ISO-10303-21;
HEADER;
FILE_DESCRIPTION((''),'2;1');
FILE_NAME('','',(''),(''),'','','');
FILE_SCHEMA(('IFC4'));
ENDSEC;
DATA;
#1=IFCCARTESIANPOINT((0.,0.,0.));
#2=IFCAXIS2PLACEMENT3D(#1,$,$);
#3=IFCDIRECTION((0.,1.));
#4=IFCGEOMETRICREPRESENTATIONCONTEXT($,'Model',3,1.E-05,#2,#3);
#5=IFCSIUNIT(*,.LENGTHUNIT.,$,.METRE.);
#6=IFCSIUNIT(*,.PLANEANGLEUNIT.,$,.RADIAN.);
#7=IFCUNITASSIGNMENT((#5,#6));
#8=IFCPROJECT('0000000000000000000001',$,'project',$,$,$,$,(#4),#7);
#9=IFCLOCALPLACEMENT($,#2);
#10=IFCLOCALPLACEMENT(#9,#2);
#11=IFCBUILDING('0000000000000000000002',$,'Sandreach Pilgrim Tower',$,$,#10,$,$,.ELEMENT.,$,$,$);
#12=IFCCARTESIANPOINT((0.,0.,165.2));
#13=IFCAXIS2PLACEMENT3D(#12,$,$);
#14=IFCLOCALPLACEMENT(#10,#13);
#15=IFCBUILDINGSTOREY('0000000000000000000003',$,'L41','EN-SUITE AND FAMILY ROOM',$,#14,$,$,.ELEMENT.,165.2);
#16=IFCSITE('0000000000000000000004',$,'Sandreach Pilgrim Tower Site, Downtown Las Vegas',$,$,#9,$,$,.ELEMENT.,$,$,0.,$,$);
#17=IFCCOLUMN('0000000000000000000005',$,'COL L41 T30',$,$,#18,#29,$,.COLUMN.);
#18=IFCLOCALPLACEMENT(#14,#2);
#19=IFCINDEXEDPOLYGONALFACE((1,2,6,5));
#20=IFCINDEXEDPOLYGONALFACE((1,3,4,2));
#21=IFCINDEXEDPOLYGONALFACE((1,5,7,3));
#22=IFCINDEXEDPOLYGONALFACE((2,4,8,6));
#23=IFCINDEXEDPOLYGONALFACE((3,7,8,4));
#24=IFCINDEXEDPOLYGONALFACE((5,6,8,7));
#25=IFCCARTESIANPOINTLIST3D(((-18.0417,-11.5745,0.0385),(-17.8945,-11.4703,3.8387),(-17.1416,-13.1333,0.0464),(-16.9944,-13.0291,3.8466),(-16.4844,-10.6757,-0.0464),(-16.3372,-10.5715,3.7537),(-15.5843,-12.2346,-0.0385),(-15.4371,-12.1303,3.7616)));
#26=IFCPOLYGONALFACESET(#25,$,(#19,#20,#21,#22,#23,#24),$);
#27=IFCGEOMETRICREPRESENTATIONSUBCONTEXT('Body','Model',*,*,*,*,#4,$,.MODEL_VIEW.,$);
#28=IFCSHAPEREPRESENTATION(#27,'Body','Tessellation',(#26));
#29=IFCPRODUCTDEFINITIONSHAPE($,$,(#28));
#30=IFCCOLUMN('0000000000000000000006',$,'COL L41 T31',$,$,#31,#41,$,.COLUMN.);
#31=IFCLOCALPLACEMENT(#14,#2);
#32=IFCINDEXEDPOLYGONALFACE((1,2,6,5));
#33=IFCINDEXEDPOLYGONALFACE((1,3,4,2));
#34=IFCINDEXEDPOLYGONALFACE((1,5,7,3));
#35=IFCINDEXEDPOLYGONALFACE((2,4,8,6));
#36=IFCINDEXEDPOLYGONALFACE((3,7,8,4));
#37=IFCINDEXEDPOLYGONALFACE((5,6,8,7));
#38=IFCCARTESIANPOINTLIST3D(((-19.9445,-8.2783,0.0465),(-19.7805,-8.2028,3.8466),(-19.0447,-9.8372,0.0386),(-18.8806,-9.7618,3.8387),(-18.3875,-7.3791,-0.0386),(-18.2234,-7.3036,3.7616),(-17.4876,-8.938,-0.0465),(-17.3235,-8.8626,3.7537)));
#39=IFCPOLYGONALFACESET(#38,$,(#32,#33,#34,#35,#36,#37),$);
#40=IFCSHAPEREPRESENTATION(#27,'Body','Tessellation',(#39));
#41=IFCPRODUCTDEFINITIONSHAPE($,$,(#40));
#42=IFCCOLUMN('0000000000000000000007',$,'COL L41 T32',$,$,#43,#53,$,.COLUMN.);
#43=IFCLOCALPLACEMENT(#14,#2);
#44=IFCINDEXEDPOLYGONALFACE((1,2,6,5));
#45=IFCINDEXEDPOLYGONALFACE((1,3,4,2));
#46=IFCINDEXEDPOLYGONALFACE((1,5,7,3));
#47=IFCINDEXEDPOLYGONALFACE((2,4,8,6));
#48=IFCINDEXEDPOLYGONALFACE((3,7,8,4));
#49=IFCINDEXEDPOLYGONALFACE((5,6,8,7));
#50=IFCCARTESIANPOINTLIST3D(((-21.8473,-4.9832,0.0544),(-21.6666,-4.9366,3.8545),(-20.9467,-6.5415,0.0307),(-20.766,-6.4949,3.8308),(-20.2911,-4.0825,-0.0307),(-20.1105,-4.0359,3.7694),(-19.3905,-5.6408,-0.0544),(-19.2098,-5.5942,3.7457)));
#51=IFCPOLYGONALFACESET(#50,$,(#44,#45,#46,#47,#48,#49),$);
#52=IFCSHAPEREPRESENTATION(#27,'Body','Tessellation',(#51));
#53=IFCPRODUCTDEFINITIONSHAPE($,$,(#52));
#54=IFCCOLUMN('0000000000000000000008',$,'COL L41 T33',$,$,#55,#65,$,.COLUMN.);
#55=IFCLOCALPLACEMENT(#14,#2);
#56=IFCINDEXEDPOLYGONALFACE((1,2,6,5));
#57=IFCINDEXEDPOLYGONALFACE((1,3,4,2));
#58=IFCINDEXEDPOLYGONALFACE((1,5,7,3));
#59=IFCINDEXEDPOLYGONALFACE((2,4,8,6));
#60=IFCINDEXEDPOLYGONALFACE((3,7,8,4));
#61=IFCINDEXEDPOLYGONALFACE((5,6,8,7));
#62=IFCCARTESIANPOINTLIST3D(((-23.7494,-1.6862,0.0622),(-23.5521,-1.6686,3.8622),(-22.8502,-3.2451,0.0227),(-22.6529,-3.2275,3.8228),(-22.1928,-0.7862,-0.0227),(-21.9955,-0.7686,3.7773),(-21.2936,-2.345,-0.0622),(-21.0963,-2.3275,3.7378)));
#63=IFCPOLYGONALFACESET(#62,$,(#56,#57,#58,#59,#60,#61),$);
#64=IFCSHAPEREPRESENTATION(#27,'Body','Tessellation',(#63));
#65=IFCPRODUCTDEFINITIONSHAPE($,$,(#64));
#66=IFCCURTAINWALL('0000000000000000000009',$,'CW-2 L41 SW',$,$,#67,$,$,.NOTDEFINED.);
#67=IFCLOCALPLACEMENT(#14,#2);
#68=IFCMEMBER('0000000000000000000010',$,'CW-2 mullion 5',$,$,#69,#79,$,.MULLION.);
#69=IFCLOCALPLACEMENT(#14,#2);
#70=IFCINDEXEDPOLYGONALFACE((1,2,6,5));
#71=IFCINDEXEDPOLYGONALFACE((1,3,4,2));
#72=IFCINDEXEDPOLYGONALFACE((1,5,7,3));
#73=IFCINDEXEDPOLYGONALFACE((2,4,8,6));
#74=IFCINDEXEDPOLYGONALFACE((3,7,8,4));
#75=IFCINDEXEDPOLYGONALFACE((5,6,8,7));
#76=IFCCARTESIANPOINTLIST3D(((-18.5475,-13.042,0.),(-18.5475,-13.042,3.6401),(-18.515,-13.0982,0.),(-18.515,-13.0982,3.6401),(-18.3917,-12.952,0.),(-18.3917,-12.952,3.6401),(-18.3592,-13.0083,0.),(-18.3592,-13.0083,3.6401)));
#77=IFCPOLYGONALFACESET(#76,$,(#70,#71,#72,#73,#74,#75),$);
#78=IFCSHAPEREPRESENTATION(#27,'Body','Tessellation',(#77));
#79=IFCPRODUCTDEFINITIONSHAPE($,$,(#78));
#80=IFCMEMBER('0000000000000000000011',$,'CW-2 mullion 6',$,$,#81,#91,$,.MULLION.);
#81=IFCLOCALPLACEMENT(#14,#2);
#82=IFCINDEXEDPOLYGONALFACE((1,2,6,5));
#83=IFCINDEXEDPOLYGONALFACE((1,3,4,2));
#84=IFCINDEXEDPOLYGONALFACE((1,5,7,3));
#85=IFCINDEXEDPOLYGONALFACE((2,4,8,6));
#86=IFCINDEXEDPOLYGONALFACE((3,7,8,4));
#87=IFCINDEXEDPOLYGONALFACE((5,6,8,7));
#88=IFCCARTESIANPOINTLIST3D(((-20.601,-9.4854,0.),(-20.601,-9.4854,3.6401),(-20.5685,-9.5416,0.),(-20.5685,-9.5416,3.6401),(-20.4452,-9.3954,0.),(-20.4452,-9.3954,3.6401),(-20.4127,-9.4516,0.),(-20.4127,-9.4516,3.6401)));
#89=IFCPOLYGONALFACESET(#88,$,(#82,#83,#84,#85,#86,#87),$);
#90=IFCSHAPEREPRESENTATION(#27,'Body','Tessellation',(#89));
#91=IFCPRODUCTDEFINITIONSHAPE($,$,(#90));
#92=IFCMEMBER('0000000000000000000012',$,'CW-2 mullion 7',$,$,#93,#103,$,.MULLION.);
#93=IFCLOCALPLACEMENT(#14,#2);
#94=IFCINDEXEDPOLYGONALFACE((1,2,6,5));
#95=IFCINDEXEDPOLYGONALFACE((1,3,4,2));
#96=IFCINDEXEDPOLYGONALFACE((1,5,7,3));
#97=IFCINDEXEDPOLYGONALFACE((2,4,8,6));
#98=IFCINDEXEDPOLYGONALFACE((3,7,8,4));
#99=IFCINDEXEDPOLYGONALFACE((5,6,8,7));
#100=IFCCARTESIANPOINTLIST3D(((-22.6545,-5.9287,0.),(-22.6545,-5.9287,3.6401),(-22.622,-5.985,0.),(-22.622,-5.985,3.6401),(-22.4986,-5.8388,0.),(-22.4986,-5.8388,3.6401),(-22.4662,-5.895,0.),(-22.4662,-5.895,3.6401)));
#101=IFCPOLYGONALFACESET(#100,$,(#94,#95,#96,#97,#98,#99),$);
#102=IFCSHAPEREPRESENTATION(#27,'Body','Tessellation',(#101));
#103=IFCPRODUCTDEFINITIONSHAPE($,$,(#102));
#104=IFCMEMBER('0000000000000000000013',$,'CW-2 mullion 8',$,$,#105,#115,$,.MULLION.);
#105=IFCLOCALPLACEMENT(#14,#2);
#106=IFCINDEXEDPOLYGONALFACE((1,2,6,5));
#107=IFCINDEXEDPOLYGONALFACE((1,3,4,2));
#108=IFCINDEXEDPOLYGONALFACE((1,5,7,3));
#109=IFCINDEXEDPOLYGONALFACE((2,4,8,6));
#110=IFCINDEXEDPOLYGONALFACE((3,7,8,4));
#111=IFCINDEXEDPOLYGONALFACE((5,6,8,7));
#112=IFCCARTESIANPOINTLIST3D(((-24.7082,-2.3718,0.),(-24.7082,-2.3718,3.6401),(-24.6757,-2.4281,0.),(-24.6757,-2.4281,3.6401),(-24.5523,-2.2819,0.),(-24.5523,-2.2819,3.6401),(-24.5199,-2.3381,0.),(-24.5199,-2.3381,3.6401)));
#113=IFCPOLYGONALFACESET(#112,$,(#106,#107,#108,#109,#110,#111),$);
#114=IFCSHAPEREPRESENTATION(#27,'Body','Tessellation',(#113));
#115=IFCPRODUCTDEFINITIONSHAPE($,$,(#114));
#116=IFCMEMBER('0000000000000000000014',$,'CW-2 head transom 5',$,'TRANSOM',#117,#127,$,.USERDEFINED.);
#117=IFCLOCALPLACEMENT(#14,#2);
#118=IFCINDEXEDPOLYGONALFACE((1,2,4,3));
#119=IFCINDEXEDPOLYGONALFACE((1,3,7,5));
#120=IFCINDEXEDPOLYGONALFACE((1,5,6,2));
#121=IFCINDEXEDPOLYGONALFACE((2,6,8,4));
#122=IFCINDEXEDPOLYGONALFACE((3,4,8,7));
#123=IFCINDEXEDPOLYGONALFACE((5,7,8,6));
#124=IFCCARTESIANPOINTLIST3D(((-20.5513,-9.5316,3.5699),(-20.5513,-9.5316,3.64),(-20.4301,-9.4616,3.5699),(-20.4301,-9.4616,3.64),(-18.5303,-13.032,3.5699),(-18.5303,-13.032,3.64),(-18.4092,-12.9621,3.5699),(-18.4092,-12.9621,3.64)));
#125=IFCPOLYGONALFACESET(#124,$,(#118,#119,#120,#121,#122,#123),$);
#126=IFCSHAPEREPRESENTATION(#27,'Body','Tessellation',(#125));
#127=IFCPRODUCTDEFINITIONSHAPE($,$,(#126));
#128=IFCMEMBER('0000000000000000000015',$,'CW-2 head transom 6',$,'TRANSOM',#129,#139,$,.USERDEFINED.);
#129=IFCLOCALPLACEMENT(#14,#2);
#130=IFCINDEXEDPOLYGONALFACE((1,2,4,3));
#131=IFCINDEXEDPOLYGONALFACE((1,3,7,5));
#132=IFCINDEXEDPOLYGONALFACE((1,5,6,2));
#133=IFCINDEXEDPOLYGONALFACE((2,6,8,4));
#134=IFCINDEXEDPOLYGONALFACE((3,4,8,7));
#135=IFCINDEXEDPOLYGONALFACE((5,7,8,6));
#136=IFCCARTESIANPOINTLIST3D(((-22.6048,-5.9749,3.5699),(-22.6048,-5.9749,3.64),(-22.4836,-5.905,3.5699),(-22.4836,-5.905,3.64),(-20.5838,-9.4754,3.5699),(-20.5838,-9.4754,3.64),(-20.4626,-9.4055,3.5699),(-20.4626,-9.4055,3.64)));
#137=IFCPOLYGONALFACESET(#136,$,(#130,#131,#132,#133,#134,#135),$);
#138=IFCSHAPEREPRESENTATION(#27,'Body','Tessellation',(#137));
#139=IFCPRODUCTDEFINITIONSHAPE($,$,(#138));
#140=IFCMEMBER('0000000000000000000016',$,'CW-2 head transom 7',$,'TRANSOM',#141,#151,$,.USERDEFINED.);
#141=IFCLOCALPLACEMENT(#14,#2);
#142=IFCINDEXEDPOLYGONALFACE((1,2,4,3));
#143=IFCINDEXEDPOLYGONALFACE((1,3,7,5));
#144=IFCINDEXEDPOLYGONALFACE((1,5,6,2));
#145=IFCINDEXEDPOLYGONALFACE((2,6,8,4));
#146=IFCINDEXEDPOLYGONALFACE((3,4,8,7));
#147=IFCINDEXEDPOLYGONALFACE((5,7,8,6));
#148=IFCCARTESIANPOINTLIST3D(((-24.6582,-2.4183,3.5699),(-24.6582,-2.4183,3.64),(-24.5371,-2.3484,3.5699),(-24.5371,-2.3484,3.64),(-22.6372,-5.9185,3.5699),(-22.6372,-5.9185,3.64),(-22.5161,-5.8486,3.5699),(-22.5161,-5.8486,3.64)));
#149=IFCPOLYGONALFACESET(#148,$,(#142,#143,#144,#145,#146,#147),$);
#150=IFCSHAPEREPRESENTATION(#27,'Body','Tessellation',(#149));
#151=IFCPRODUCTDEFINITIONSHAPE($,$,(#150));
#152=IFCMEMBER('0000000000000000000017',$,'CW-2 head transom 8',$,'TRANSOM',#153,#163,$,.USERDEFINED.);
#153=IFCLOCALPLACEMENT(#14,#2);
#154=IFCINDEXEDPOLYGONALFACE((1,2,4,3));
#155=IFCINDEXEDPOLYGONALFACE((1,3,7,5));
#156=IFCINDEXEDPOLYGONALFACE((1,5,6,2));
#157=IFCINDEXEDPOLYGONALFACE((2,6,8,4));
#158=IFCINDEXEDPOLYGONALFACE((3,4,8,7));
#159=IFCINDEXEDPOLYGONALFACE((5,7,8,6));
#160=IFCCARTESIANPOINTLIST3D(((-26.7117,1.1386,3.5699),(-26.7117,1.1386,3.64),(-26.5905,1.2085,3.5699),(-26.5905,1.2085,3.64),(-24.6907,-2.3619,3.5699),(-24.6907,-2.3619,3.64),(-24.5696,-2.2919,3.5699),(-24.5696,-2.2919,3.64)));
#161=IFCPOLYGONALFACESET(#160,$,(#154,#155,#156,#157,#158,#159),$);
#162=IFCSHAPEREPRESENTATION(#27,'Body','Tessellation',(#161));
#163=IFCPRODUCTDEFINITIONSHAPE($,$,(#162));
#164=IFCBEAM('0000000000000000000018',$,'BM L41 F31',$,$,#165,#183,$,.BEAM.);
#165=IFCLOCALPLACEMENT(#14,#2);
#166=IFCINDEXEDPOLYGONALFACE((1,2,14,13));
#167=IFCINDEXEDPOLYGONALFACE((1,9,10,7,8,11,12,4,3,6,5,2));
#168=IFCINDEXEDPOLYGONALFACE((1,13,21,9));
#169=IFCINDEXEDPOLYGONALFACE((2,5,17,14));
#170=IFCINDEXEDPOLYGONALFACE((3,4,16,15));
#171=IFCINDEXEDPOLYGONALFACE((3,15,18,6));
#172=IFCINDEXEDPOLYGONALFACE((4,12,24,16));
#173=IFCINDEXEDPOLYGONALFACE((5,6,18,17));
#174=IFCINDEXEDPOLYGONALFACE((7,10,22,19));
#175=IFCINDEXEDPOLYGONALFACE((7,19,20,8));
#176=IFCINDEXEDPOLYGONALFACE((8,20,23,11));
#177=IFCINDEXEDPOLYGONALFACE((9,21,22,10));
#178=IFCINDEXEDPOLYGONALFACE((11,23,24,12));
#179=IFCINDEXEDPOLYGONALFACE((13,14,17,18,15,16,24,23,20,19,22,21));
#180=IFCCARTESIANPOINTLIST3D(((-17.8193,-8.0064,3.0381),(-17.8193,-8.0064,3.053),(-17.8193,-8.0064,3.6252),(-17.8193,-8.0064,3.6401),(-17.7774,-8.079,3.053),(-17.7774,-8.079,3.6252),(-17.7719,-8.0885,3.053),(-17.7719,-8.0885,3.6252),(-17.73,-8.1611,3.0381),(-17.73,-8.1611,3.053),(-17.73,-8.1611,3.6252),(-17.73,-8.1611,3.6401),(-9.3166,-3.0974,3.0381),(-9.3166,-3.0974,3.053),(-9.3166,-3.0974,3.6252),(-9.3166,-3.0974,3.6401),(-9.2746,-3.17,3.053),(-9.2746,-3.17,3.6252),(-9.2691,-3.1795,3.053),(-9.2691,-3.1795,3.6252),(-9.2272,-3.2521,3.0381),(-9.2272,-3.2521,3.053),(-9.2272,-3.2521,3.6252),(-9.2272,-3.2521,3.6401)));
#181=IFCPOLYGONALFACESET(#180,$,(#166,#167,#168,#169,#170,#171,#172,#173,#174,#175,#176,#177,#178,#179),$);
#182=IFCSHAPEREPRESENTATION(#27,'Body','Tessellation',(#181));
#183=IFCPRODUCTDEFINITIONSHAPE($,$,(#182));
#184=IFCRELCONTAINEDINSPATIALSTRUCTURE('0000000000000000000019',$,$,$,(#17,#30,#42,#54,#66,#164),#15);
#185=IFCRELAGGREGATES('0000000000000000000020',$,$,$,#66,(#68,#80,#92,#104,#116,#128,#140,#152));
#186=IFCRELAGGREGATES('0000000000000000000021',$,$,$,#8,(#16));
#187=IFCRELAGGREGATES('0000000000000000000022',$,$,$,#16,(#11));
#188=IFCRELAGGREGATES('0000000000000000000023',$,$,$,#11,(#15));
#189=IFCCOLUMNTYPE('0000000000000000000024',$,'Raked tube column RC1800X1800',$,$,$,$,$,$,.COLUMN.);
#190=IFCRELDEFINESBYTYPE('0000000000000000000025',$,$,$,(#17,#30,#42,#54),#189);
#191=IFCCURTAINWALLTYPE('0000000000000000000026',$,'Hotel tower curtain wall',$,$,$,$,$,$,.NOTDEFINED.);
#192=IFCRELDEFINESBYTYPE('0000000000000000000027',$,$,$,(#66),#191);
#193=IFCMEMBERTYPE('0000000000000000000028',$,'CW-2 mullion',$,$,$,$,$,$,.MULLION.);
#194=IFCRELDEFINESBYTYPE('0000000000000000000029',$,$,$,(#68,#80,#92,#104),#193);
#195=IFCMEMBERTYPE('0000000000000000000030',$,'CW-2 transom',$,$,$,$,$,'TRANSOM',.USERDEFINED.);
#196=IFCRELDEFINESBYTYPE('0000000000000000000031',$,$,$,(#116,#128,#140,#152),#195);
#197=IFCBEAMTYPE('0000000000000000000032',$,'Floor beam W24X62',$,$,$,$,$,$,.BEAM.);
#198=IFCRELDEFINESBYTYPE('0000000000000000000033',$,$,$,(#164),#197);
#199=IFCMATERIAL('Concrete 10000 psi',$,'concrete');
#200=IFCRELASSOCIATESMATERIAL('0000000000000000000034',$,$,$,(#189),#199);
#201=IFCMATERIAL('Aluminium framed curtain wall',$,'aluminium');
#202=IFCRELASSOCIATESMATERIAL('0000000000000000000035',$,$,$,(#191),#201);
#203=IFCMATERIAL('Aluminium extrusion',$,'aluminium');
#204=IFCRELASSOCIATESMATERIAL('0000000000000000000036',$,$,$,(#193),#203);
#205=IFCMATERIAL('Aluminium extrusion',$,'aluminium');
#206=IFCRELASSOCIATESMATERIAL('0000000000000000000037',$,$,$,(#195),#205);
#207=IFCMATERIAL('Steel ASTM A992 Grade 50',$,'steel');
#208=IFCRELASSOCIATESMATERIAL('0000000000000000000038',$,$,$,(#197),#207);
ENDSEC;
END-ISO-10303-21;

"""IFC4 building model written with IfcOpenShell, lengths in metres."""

from ifc_helpers import new_model, si_unit, direction, frame, origin, origin_2d, place, context, subcontext, project, spatial, rectangle, i_section, extrude, material, material_profile, profile_set, type_object, element, aggregate, save


model = new_model("IFC4")

# Units and contexts
model_context = context("Model", 3, precision=1e-05, world=origin(), true_north=direction((0.0, 1.0)))
body_context = subcontext(model_context, "Body", "Model", "MODEL_VIEW")
ifc_project = project(units=[si_unit("LENGTHUNIT", "METRE"), si_unit("PLANEANGLEUNIT", "RADIAN")], contexts=[model_context])

# Site, building, storey
site_placement = place(None, origin())
site = spatial("IfcSite", under=ifc_project, at=site_placement, Name="Sandreach Pilgrim Tower Site, Downtown Las Vegas", CompositionType="ELEMENT", RefElevation=0.0)
building_placement = place(site_placement, origin())
building = spatial("IfcBuilding", under=site, at=building_placement, Name="Sandreach Pilgrim Tower", CompositionType="ELEMENT")
storey_placement = place(building_placement, frame((0.0, 0.0, 165.2)))
storey = spatial("IfcBuildingStorey", under=building, at=storey_placement, Name="L41", Description="EN-SUITE AND FAMILY ROOM", CompositionType="ELEMENT", Elevation=165.2)

# Columns
ifc_material_1 = material(Name="Concrete 10000 psi", Category="concrete")
ifc_material_profile_1 = material_profile(ifc_material_1, rectangle(XDim=1.8, YDim=1.8, at=origin_2d()), Name="RC1800X1800")
ifc_profile_set_1 = profile_set([ifc_material_profile_1], Name="Concrete 10000 psi")
column_type = type_object("IfcColumnType", Name="Raked tube column RC1800X1800", PredefinedType="COLUMN", material=ifc_profile_set_1)
for number, where, z_axis, x_axis, name in (
    (1, (-16.813, -11.9045, 0.0), (0.038697, 0.027402, 0.998875), (-0.865139, -0.499306, 0.047214), "COL L41 T30"),
    (2, (-18.7161, -8.6082, 0.0), (0.043125, 0.01983, 0.998873), (-0.865002, -0.499537, 0.047262), "COL L41 T31"),
):
    element("IfcColumn", number, at=place(storey_placement, frame(where, z_axis=z_axis, x_axis=x_axis)), inside=storey, type_object=column_type, Name=name, PredefinedType="COLUMN", context=body_context, shape_type="SweptSolid", body=[
        extrude(rectangle(XDim=1.8, YDim=1.8, at=origin_2d()), origin(), (0.0, 0.0, 1.0), 3.8044),
    ])
column_1_placement = place(storey_placement, frame((-20.6189, -5.312, 0.0), z_axis=(0.047485, 0.012256, 0.998797), x_axis=(-0.864521, -0.500372, 0.047242)))
element("IfcColumn", 3, at=column_1_placement, inside=storey, type_object=column_type, Name="COL L41 T32", PredefinedType="COLUMN", context=body_context, shape_type="SweptSolid", body=[
    extrude(rectangle(XDim=1.8, YDim=1.8, at=origin_2d()), origin(), (0.0, 0.0, 1.0), 3.8047),
])
column_2_placement = place(storey_placement, frame((-22.5215, -2.0156, 0.0), z_axis=(0.051841, 0.004619, 0.998645), x_axis=(-0.864737, -0.500002, 0.047203)))
element("IfcColumn", 4, at=column_2_placement, inside=storey, type_object=column_type, Name="COL L41 T33", PredefinedType="COLUMN", context=body_context, shape_type="SweptSolid", body=[
    extrude(rectangle(XDim=1.8, YDim=1.8, at=origin_2d()), origin(), (0.0, 0.0, 1.0), 3.8052),
])

# Curtain wall, members
ifc_material_2 = material(Name="Aluminium framed curtain wall", Category="aluminium")
curtain_wall_type = type_object("IfcCurtainWallType", Name="Hotel tower curtain wall", PredefinedType="NOTDEFINED", material=ifc_material_2)
curtain_wall_placement = place(storey_placement, origin())
curtain_wall = element("IfcCurtainWall", 5, at=curtain_wall_placement, inside=storey, type_object=curtain_wall_type, Name="CW-2 L41 SW", PredefinedType="NOTDEFINED")
ifc_material_3 = material(Name="Aluminium extrusion", Category="aluminium")
ifc_material_profile_2 = material_profile(ifc_material_3, rectangle(XDim=0.0649, YDim=0.1799, at=origin_2d()), Name="CW-2M 65X180")
ifc_profile_set_2 = profile_set([ifc_material_profile_2], Name="Aluminium extrusion")
member_type_1 = type_object("IfcMemberType", Name="CW-2 mullion", PredefinedType="MULLION", material=ifc_profile_set_2)
member_1_placement = place(storey_placement, frame((-18.4534, -13.0251, 0.0), z_axis=(0.0, 0.0, 1.0), x_axis=(-0.5, 0.866025, 0.0)))
member_1 = element("IfcMember", 6, at=member_1_placement, type_object=member_type_1, Name="CW-2 mullion 5", PredefinedType="MULLION", context=body_context, shape_type="SweptSolid", body=[
    extrude(rectangle(XDim=0.0649, YDim=0.1799, at=origin_2d()), origin(), (0.0, 0.0, 1.0), 3.6401),
])
member_2_placement = place(storey_placement, frame((-20.5068, -9.4685, 0.0), z_axis=(0.0, 0.0, 1.0), x_axis=(-0.5, 0.866025, 0.0)))
member_2 = element("IfcMember", 7, at=member_2_placement, type_object=member_type_1, Name="CW-2 mullion 6", PredefinedType="MULLION", context=body_context, shape_type="SweptSolid", body=[
    extrude(rectangle(XDim=0.0649, YDim=0.1799, at=origin_2d()), origin(), (0.0, 0.0, 1.0), 3.6401),
])
member_3_placement = place(storey_placement, frame((-22.5603, -5.9119, 0.0), z_axis=(0.0, 0.0, 1.0), x_axis=(-0.5, 0.866025, 0.0)))
member_3 = element("IfcMember", 8, at=member_3_placement, type_object=member_type_1, Name="CW-2 mullion 7", PredefinedType="MULLION", context=body_context, shape_type="SweptSolid", body=[
    extrude(rectangle(XDim=0.0649, YDim=0.1799, at=origin_2d()), origin(), (0.0, 0.0, 1.0), 3.6401),
])
member_4_placement = place(storey_placement, frame((-24.614, -2.355, 0.0), z_axis=(0.0, 0.0, 1.0), x_axis=(-0.5, 0.866025, 0.0)))
member_4 = element("IfcMember", 9, at=member_4_placement, type_object=member_type_1, Name="CW-2 mullion 8", PredefinedType="MULLION", context=body_context, shape_type="SweptSolid", body=[
    extrude(rectangle(XDim=0.0649, YDim=0.1799, at=origin_2d()), origin(), (0.0, 0.0, 1.0), 3.6401),
])
ifc_material_4 = material(Name="Aluminium extrusion", Category="aluminium")
ifc_material_profile_3 = material_profile(ifc_material_4, rectangle(XDim=0.1399, YDim=0.0701, at=origin_2d()), Name="CW-2T 140X70")
ifc_profile_set_3 = profile_set([ifc_material_profile_3], Name="Aluminium extrusion")
member_type_2 = type_object("IfcMemberType", Name="CW-2 transom", ElementType="TRANSOM", PredefinedType="USERDEFINED", material=ifc_profile_set_3)
member_5_placement = place(storey_placement, frame((-18.4697, -12.9971, 3.605), z_axis=(-0.499998, 0.866027, 0.0), x_axis=(-0.866027, -0.499998, 0.0)))
member_5 = element("IfcMember", 10, at=member_5_placement, type_object=member_type_2, Name="CW-2 head transom 5", ObjectType="TRANSOM", PredefinedType="USERDEFINED", context=body_context, shape_type="SweptSolid", body=[
    extrude(rectangle(XDim=0.1399, YDim=0.0701, at=origin_2d()), origin(), (0.0, 0.0, 1.0), 4.042),
])
member_6_placement = place(storey_placement, frame((-20.5232, -9.4404, 3.605), z_axis=(-0.499998, 0.866027, 0.0), x_axis=(-0.866027, -0.499998, 0.0)))
member_6 = element("IfcMember", 11, at=member_6_placement, type_object=member_type_2, Name="CW-2 head transom 6", ObjectType="TRANSOM", PredefinedType="USERDEFINED", context=body_context, shape_type="SweptSolid", body=[
    extrude(rectangle(XDim=0.1399, YDim=0.0701, at=origin_2d()), origin(), (0.0, 0.0, 1.0), 4.042),
])
member_7_placement = place(storey_placement, frame((-22.5767, -5.8835, 3.605), z_axis=(-0.500024, 0.866012, 0.0), x_axis=(-0.866012, -0.500024, 0.0)))
member_7 = element("IfcMember", 12, at=member_7_placement, type_object=member_type_2, Name="CW-2 head transom 7", ObjectType="TRANSOM", PredefinedType="USERDEFINED", context=body_context, shape_type="SweptSolid", body=[
    extrude(rectangle(XDim=0.1399, YDim=0.0701, at=origin_2d()), origin(), (0.0, 0.0, 1.0), 4.0417),
])
member_8_placement = place(storey_placement, frame((-24.6301, -2.3269, 3.605), z_axis=(-0.499998, 0.866027, 0.0), x_axis=(-0.866027, -0.499998, 0.0)))
member_8 = element("IfcMember", 13, at=member_8_placement, type_object=member_type_2, Name="CW-2 head transom 8", ObjectType="TRANSOM", PredefinedType="USERDEFINED", context=body_context, shape_type="SweptSolid", body=[
    extrude(rectangle(XDim=0.1399, YDim=0.0701, at=origin_2d()), origin(), (0.0, 0.0, 1.0), 4.042),
])

# Beam
ifc_material_5 = material(Name="Steel ASTM A992 Grade 50", Category="steel")
ifc_material_profile_4 = material_profile(ifc_material_5, i_section(OverallWidth=0.1787, OverallDepth=0.6021, WebThickness=0.011, FlangeThickness=0.0149, at=origin_2d()), Name="W24X62")
ifc_profile_set_4 = profile_set([ifc_material_profile_4], Name="Steel ASTM A992 Grade 50")
beam_type_1 = type_object("IfcBeamType", Name="Floor beam W24X62", PredefinedType="BEAM", material=ifc_profile_set_4)
beam_1_placement = place(storey_placement, frame((-17.7747, -8.0837, 3.3391), z_axis=(0.866029, 0.499993, 0.0), x_axis=(-0.499993, 0.866029, 0.0)))
element("IfcBeam", 14, at=beam_1_placement, inside=storey, type_object=beam_type_1, Name="BM L41 F31", PredefinedType="BEAM", context=body_context, shape_type="SweptSolid", body=[
    extrude(i_section(OverallWidth=0.1787, OverallDepth=0.6021, WebThickness=0.011, FlangeThickness=0.0149, at=origin_2d()), origin(), (0.0, 0.0, 1.0), 9.8181),
])

aggregate(curtain_wall, [member_1, member_2, member_3, member_4, member_5, member_6, member_7, member_8])

save(model, "model.ifc")
